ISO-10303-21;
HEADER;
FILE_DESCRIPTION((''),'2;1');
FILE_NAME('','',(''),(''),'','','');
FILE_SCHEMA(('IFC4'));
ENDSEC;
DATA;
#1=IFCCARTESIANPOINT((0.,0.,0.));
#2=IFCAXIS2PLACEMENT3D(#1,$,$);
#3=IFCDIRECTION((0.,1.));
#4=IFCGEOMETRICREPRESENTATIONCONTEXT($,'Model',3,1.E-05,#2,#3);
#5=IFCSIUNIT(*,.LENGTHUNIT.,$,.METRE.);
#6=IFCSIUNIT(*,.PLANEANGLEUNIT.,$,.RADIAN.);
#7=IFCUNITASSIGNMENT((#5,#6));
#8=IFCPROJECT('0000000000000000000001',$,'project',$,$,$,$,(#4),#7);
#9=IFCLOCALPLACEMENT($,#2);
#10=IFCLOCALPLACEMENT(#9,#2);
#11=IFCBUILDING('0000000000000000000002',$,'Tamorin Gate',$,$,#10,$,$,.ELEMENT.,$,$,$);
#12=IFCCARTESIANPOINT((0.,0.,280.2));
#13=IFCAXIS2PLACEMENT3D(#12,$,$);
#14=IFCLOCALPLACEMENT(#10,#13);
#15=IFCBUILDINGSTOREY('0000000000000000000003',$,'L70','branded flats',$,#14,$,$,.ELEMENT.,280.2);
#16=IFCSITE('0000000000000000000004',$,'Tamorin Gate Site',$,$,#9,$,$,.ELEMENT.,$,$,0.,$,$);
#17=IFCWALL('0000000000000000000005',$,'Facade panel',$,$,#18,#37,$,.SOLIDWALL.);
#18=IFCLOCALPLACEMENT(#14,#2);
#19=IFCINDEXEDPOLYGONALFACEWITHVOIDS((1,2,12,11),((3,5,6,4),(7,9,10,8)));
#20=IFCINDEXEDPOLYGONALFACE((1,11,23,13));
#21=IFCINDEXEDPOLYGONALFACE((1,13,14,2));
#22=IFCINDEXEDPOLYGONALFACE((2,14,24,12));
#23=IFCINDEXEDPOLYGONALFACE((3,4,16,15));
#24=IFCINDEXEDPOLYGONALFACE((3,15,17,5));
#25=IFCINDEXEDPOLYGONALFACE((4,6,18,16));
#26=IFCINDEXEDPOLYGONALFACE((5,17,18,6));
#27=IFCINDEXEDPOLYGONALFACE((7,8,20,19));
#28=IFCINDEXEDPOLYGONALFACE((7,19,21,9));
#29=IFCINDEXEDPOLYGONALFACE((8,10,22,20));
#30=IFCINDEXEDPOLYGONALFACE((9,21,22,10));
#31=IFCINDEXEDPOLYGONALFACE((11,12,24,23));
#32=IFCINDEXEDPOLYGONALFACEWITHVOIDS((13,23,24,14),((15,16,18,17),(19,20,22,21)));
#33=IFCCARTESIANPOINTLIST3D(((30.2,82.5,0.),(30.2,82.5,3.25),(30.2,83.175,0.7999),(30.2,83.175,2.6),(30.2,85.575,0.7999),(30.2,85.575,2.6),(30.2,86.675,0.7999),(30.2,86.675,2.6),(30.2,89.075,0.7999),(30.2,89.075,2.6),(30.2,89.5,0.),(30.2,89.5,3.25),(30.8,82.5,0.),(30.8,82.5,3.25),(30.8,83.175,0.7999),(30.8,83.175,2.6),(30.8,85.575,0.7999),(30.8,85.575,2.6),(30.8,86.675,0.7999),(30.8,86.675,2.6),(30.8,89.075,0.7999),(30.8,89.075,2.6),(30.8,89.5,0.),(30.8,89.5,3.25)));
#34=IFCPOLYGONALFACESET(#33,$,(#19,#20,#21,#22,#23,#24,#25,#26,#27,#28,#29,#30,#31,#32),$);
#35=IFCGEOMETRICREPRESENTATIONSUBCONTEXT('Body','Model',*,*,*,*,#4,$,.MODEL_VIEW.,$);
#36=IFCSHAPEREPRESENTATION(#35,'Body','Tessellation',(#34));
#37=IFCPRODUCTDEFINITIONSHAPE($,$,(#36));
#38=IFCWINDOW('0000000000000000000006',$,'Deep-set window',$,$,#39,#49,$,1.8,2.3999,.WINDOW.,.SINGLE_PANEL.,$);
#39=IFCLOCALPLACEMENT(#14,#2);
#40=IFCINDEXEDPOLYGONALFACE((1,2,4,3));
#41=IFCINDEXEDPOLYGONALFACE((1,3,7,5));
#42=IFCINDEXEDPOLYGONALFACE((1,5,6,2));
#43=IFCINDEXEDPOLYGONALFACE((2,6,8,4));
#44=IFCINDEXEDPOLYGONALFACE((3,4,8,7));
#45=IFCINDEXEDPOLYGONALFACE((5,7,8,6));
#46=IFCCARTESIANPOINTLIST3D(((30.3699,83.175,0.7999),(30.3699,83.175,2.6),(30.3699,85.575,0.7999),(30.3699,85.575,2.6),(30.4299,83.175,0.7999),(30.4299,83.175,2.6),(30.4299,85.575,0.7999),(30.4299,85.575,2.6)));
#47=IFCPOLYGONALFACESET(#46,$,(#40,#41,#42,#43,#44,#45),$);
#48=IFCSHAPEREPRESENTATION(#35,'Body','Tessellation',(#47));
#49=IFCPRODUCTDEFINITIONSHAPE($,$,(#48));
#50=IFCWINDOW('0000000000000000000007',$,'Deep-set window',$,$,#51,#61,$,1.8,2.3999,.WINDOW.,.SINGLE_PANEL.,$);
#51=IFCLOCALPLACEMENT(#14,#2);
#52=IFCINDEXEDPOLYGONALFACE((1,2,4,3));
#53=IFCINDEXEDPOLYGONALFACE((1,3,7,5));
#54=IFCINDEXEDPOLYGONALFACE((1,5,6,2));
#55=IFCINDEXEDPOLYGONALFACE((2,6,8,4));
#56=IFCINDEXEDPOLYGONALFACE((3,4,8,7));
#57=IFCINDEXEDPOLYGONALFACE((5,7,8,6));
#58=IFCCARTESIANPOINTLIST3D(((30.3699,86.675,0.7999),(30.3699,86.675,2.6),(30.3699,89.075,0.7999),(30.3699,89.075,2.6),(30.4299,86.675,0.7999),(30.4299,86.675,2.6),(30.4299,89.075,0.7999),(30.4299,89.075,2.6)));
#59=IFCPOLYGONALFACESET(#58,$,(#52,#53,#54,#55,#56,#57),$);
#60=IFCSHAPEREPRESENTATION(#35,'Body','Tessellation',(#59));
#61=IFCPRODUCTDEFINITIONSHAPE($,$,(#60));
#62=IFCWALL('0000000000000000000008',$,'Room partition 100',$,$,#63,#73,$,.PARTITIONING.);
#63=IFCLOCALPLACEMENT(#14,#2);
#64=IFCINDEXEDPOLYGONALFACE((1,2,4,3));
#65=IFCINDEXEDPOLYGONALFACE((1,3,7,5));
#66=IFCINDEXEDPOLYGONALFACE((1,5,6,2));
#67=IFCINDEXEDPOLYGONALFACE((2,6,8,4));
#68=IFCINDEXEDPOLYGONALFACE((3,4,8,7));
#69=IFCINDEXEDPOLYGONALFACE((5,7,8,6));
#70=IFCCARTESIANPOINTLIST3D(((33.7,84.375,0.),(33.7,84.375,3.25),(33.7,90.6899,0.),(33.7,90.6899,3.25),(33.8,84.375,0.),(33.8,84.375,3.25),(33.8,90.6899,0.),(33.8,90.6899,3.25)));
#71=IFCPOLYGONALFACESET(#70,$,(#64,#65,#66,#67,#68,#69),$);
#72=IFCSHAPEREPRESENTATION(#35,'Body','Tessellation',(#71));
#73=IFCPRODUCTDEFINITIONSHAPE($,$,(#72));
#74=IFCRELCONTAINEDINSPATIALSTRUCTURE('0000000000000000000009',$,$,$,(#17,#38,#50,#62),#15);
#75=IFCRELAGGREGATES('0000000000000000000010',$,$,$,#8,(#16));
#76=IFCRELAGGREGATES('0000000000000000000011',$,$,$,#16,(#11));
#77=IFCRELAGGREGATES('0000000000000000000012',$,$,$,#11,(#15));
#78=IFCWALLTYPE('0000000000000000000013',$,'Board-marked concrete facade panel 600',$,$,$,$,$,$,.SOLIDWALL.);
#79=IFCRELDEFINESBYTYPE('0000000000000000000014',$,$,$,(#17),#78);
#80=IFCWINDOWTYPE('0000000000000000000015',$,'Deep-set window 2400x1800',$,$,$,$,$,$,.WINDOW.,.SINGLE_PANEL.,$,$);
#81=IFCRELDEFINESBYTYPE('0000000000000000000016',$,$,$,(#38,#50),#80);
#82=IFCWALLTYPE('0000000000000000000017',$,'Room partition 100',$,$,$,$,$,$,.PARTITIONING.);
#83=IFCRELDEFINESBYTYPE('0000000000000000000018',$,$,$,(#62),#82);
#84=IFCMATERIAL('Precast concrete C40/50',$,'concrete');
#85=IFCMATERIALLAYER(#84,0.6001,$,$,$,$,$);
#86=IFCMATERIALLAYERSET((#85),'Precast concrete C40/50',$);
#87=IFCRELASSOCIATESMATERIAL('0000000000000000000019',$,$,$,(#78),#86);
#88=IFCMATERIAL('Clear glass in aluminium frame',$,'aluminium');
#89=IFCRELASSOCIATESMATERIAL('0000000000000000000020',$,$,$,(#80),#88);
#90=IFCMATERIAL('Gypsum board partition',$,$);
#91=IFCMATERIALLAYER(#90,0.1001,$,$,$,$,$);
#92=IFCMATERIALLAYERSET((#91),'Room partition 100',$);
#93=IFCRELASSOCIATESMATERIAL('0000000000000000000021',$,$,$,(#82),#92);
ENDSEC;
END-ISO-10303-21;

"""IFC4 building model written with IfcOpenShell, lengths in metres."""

from ifc_helpers import new_model, si_unit, direction, frame, frame_2d, origin, place, context, subcontext, project, spatial, rectangle, extrude, material, layer, layer_set, type_object, element, fill, save


model = new_model("IFC4")

# Units and contexts
model_context = context("Model", 3, precision=1e-05, world=origin(), true_north=direction((0.0, 1.0)))
body_context = subcontext(model_context, "Body", "Model", "MODEL_VIEW")
ifc_project = project(units=[si_unit("LENGTHUNIT", "METRE"), si_unit("PLANEANGLEUNIT", "RADIAN")], contexts=[model_context])

# Site, building, storey
site_placement = place(None, origin())
site = spatial("IfcSite", under=ifc_project, at=site_placement, Name="Tamorin Gate Site", CompositionType="ELEMENT", RefElevation=0.0)
building_placement = place(site_placement, origin())
building = spatial("IfcBuilding", under=site, at=building_placement, Name="Tamorin Gate", CompositionType="ELEMENT")
storey_placement = place(building_placement, frame((0.0, 0.0, 280.2)))
storey = spatial("IfcBuildingStorey", under=building, at=storey_placement, Name="L70", Description="branded flats", CompositionType="ELEMENT", Elevation=280.2)

# Shared definitions
ifc_material_1 = material(Name="Precast concrete C40/50", Category="concrete")
ifc_layer_1 = layer(ifc_material_1, 0.6001)
ifc_layer_set_1 = layer_set([ifc_layer_1], Name="Precast concrete C40/50")
wall_type_1 = type_object("IfcWallType", Name="Board-marked concrete facade panel 600", PredefinedType="SOLIDWALL", material=ifc_layer_set_1)

# Shared definitions
ifc_material_2 = material(Name="Clear glass in aluminium frame", Category="aluminium")
window_type_1 = type_object("IfcWindowType", Name="Deep-set window 2400x1800", PartitioningType="SINGLE_PANEL", PredefinedType="WINDOW", material=ifc_material_2)

# Wall, openings, windows
wall_1_placement = place(storey_placement, frame((30.5, 89.5, 0.0), z_axis=(0.0, 0.0, 1.0), x_axis=(0.0, -1.0, 0.0)))
wall_1 = element("IfcWall", 1, at=wall_1_placement, inside=storey, type_object=wall_type_1, Name="Facade panel", PredefinedType="SOLIDWALL", context=body_context, shape_type="SweptSolid", body=[
    extrude(rectangle(XDim=7.0, YDim=0.6001, at=frame_2d((3.5, 0.0))), origin(), (0.0, 0.0, 1.0), 3.25),
])
opening_1_placement = place(wall_1_placement, frame((3.925, 0.0, 0.8)))
opening_1 = element("IfcOpeningElement", 2, at=opening_1_placement, cuts=wall_1, PredefinedType="OPENING", context=body_context, shape_type="SweptSolid", body=[
    extrude(rectangle(XDim=2.3999, YDim=1.8, at=frame_2d((1.2, 0.8999))), frame((0.0, 0.3101, 0.0), z_axis=(0.0, -1.0, 0.0), x_axis=(1.0, 0.0, 0.0)), (0.0, 0.0, 1.0), 0.6201),
])
opening_2_placement = place(wall_1_placement, frame((0.425, 0.0, 0.8)))
opening_2 = element("IfcOpeningElement", 3, at=opening_2_placement, cuts=wall_1, PredefinedType="OPENING", context=body_context, shape_type="SweptSolid", body=[
    extrude(rectangle(XDim=2.3999, YDim=1.8, at=frame_2d((1.2, 0.8999))), frame((0.0, 0.3101, 0.0), z_axis=(0.0, -1.0, 0.0), x_axis=(1.0, 0.0, 0.0)), (0.0, 0.0, 1.0), 0.6201),
])
window_1_placement = place(opening_1_placement, origin())
window_1 = element("IfcWindow", 4, at=window_1_placement, inside=storey, type_object=window_type_1, Name="Deep-set window", OverallHeight=1.8, OverallWidth=2.3999, PartitioningType="SINGLE_PANEL", PredefinedType="WINDOW", context=body_context, shape_type="SweptSolid", body=[
    extrude(rectangle(XDim=2.3999, YDim=1.8, at=frame_2d((1.2, 0.8999))), frame((0.0, -0.0701, 0.0), z_axis=(0.0, -1.0, 0.0), x_axis=(1.0, 0.0, 0.0)), (0.0, 0.0, 1.0), 0.0601),
])
fill(opening_1, window_1)
window_2_placement = place(opening_2_placement, origin())
window_2 = element("IfcWindow", 5, at=window_2_placement, inside=storey, type_object=window_type_1, Name="Deep-set window", OverallHeight=1.8, OverallWidth=2.3999, PartitioningType="SINGLE_PANEL", PredefinedType="WINDOW", context=body_context, shape_type="SweptSolid", body=[
    extrude(rectangle(XDim=2.3999, YDim=1.8, at=frame_2d((1.2, 0.8999))), frame((0.0, -0.0701, 0.0), z_axis=(0.0, -1.0, 0.0), x_axis=(1.0, 0.0, 0.0)), (0.0, 0.0, 1.0), 0.0601),
])
fill(opening_2, window_2)

# Wall
ifc_material_3 = material(Name="Gypsum board partition")
ifc_layer_2 = layer(ifc_material_3, 0.1001)
ifc_layer_set_2 = layer_set([ifc_layer_2], Name="Room partition 100")
wall_type_2 = type_object("IfcWallType", Name="Room partition 100", PredefinedType="PARTITIONING", material=ifc_layer_set_2)
wall_2_placement = place(storey_placement, frame((33.75, 84.375, 0.0), z_axis=(0.0, 0.0, 1.0), x_axis=(0.0, 1.0, 0.0)))
element("IfcWall", 6, at=wall_2_placement, inside=storey, type_object=wall_type_2, Name="Room partition 100", PredefinedType="PARTITIONING", context=body_context, shape_type="SweptSolid", body=[
    extrude(rectangle(XDim=6.3149, YDim=0.1001, at=frame_2d((3.1575, 0.0))), origin(), (0.0, 0.0, 1.0), 3.25),
])

save(model, "model.ifc")
